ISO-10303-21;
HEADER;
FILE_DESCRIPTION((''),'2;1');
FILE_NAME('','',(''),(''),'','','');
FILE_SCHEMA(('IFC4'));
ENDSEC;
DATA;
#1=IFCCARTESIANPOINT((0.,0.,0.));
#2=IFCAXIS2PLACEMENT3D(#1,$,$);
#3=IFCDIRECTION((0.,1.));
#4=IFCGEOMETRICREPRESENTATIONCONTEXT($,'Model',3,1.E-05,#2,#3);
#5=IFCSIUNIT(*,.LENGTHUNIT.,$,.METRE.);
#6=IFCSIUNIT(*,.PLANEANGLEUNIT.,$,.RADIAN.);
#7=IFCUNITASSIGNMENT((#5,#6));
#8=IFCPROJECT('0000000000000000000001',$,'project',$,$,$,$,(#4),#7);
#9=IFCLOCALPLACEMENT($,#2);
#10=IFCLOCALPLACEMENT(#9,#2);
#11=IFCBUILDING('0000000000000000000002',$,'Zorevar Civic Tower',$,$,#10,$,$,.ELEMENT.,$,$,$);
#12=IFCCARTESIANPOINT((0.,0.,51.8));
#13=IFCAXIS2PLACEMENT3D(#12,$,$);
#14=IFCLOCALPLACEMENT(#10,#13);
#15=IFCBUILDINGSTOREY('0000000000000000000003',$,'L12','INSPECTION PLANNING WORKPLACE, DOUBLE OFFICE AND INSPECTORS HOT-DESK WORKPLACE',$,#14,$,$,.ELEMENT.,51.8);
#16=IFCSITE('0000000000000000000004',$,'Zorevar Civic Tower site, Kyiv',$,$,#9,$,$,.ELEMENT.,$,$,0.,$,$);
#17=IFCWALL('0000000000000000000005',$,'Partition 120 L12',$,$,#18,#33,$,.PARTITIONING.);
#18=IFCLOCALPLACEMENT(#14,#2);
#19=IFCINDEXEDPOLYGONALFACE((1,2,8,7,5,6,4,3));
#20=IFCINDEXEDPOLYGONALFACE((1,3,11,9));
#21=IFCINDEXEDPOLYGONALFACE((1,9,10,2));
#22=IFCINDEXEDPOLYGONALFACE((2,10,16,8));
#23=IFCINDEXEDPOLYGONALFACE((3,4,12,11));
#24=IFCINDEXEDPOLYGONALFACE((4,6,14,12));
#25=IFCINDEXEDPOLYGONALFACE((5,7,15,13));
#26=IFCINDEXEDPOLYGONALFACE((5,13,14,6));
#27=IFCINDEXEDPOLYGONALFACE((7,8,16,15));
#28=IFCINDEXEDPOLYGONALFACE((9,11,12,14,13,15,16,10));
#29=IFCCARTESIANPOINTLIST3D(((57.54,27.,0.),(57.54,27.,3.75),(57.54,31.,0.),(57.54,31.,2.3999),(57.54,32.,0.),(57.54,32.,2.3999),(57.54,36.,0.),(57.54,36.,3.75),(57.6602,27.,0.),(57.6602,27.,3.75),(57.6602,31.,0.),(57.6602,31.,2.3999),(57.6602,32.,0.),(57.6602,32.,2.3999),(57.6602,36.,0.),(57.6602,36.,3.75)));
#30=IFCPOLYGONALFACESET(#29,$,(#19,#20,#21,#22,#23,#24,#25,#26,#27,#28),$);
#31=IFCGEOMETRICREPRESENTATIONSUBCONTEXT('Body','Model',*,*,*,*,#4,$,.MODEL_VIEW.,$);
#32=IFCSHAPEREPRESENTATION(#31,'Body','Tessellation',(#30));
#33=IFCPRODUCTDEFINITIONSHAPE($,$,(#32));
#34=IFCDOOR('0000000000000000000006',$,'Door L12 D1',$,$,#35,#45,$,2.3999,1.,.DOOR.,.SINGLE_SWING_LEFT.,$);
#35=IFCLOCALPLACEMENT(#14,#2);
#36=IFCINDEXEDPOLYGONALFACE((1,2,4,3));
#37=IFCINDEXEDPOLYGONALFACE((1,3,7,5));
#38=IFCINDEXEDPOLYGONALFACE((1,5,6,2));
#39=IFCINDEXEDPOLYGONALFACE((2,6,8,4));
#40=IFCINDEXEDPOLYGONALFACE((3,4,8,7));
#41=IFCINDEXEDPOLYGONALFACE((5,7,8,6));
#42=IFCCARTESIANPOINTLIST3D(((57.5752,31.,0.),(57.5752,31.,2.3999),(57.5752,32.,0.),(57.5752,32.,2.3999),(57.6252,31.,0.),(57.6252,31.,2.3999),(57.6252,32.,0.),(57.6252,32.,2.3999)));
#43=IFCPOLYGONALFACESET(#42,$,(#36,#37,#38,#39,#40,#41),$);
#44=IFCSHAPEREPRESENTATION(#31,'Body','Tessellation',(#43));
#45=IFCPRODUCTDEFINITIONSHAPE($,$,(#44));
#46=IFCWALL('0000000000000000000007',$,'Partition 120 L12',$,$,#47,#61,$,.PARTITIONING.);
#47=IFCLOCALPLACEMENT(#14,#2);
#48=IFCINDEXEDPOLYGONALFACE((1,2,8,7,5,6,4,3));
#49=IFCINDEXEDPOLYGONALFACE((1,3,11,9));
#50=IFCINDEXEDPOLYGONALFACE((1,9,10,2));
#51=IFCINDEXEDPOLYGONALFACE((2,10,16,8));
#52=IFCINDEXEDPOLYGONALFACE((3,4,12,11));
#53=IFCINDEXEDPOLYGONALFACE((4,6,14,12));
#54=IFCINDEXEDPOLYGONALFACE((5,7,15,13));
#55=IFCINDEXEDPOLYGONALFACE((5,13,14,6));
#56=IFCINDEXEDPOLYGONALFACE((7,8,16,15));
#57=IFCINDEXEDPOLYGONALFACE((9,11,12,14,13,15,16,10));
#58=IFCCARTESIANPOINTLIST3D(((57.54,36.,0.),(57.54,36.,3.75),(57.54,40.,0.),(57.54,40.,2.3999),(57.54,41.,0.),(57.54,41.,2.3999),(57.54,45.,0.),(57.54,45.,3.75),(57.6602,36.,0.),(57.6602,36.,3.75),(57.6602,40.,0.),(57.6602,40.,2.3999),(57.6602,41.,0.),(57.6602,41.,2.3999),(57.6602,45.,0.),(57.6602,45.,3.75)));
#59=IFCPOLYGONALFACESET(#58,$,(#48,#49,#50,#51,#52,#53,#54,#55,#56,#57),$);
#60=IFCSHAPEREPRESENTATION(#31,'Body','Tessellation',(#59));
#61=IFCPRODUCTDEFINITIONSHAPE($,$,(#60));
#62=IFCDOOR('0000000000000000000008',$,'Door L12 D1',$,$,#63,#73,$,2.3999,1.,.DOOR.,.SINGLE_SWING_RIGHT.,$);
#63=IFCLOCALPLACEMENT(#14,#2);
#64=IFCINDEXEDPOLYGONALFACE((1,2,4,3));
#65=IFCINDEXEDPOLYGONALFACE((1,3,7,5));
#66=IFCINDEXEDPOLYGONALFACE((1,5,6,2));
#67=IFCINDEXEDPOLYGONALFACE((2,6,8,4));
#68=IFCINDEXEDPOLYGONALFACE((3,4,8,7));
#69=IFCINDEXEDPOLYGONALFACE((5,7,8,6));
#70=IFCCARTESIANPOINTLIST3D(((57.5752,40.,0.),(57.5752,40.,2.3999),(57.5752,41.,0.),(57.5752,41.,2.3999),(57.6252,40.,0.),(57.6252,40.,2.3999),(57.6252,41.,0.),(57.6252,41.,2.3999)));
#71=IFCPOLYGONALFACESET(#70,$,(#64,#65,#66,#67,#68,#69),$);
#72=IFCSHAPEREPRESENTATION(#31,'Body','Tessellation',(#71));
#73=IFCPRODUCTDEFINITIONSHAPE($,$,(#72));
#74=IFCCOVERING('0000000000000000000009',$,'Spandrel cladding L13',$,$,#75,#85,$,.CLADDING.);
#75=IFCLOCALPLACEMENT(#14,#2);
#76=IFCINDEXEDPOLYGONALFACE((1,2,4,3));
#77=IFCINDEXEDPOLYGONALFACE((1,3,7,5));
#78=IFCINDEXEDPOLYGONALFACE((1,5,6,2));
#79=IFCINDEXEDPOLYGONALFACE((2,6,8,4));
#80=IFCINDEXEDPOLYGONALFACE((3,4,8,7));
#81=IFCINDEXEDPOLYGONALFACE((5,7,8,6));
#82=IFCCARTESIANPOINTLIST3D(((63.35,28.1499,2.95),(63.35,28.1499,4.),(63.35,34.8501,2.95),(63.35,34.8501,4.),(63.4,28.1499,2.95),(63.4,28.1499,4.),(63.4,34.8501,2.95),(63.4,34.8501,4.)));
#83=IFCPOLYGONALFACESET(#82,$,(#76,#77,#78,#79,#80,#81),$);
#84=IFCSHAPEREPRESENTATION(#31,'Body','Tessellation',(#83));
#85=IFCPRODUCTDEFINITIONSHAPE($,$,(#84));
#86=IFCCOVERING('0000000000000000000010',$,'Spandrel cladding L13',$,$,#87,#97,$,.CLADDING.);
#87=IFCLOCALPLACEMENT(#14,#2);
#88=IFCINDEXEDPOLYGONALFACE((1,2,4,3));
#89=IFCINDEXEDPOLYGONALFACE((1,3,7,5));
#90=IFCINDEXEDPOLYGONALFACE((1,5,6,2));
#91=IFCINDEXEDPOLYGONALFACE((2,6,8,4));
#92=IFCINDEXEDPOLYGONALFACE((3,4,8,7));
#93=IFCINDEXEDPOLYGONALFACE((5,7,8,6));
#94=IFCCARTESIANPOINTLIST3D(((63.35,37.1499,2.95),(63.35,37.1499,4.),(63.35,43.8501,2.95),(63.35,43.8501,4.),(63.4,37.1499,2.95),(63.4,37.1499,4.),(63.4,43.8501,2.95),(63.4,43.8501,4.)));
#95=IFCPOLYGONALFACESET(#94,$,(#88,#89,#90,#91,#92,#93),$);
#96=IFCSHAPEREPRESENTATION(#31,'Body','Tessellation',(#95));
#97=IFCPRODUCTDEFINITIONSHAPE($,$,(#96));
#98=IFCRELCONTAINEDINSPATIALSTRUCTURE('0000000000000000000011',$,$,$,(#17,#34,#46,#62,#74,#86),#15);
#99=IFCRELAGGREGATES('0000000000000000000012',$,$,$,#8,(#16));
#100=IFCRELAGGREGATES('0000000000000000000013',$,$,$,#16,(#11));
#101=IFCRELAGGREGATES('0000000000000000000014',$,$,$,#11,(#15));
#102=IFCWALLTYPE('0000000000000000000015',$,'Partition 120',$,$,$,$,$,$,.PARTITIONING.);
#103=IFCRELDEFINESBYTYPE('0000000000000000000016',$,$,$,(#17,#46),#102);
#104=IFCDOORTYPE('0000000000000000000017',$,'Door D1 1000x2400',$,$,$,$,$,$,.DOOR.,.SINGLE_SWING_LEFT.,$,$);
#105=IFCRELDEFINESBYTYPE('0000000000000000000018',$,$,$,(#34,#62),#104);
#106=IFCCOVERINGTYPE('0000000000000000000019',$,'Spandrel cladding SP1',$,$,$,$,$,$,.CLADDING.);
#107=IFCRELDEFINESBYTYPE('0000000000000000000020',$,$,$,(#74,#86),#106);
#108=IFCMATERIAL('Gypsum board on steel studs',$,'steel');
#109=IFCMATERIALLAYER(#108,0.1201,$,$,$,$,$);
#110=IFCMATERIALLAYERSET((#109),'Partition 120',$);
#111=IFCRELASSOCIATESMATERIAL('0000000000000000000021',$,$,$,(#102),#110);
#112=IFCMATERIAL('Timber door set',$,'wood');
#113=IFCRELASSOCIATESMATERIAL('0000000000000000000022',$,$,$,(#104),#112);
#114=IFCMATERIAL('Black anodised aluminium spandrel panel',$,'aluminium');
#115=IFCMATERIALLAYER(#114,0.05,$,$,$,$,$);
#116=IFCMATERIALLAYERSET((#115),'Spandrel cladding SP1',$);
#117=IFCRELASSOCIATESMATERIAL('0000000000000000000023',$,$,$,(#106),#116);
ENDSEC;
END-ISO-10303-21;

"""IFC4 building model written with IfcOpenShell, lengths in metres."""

from ifc_helpers import new_model, si_unit, direction, frame, frame_2d, origin, place, context, subcontext, project, spatial, rectangle, extrude, material, layer, layer_set, type_object, element, fill, save


model = new_model("IFC4")

# Units and contexts
model_context = context("Model", 3, precision=1e-05, world=origin(), true_north=direction((0.0, 1.0)))
body_context = subcontext(model_context, "Body", "Model", "MODEL_VIEW")
ifc_project = project(units=[si_unit("LENGTHUNIT", "METRE"), si_unit("PLANEANGLEUNIT", "RADIAN")], contexts=[model_context])

# Site, building, storey
site_placement = place(None, origin())
site = spatial("IfcSite", under=ifc_project, at=site_placement, Name="Zorevar Civic Tower site, Kyiv", CompositionType="ELEMENT", RefElevation=0.0)
building_placement = place(site_placement, origin())
building = spatial("IfcBuilding", under=site, at=building_placement, Name="Zorevar Civic Tower", CompositionType="ELEMENT")
storey_placement = place(building_placement, frame((0.0, 0.0, 51.8)))
storey = spatial("IfcBuildingStorey", under=building, at=storey_placement, Name="L12", Description="INSPECTION PLANNING WORKPLACE, DOUBLE OFFICE AND INSPECTORS HOT-DESK WORKPLACE", CompositionType="ELEMENT", Elevation=51.8)

# Shared definitions
ifc_material_1 = material(Name="Gypsum board on steel studs", Category="steel")
ifc_layer_1 = layer(ifc_material_1, 0.1201)
ifc_layer_set_1 = layer_set([ifc_layer_1], Name="Partition 120")
wall_type_1 = type_object("IfcWallType", Name="Partition 120", PredefinedType="PARTITIONING", material=ifc_layer_set_1)

# Walls, openings, doors
wall_1_placement = place(storey_placement, frame((57.6001, 27.0, 0.0), z_axis=(0.0, 0.0, 1.0), x_axis=(0.0, 1.0, 0.0)))
wall_1 = element("IfcWall", 1, at=wall_1_placement, inside=storey, type_object=wall_type_1, Name="Partition 120 L12", PredefinedType="PARTITIONING", context=body_context, shape_type="SweptSolid", body=[
    extrude(rectangle(XDim=9.0, YDim=0.1201, at=frame_2d((4.5, 0.0))), origin(), (0.0, 0.0, 1.0), 3.75),
])
opening_1_placement = place(wall_1_placement, frame((4.0, 0.0, 0.0)))
opening_1 = element("IfcOpeningElement", 2, at=opening_1_placement, cuts=wall_1, PredefinedType="OPENING", context=body_context, shape_type="SweptSolid", body=[
    extrude(rectangle(XDim=1.0, YDim=2.3999, at=frame_2d((0.5, 1.2))), frame((0.0, 0.0701, 0.0), z_axis=(0.0, -1.0, 0.0), x_axis=(1.0, 0.0, 0.0)), (0.0, 0.0, 1.0), 0.1401),
])
ifc_material_2 = material(Name="Timber door set", Category="wood")
door_type = type_object("IfcDoorType", Name="Door D1 1000x2400", OperationType="SINGLE_SWING_LEFT", PredefinedType="DOOR", material=ifc_material_2)
door_1_placement = place(opening_1_placement, origin())
door_1 = element("IfcDoor", 3, at=door_1_placement, inside=storey, type_object=door_type, Name="Door L12 D1", OperationType="SINGLE_SWING_LEFT", OverallHeight=2.3999, OverallWidth=1.0, PredefinedType="DOOR", context=body_context, shape_type="SweptSolid", body=[
    extrude(rectangle(XDim=1.0, YDim=2.3999, at=frame_2d((0.5, 1.2))), frame((0.0, 0.0249, 0.0), z_axis=(0.0, -1.0, 0.0), x_axis=(1.0, 0.0, 0.0)), (0.0, 0.0, 1.0), 0.05),
])
fill(opening_1, door_1)
wall_2_placement = place(storey_placement, frame((57.6001, 36.0, 0.0), z_axis=(0.0, 0.0, 1.0), x_axis=(0.0, 1.0, 0.0)))
wall_2 = element("IfcWall", 4, at=wall_2_placement, inside=storey, type_object=wall_type_1, Name="Partition 120 L12", PredefinedType="PARTITIONING", context=body_context, shape_type="SweptSolid", body=[
    extrude(rectangle(XDim=9.0, YDim=0.1201, at=frame_2d((4.5, 0.0))), origin(), (0.0, 0.0, 1.0), 3.75),
])
opening_2_placement = place(wall_2_placement, frame((4.0, 0.0, 0.0)))
opening_2 = element("IfcOpeningElement", 5, at=opening_2_placement, cuts=wall_2, PredefinedType="OPENING", context=body_context, shape_type="SweptSolid", body=[
    extrude(rectangle(XDim=1.0, YDim=2.3999, at=frame_2d((0.5, 1.2))), frame((0.0, 0.0701, 0.0), z_axis=(0.0, -1.0, 0.0), x_axis=(1.0, 0.0, 0.0)), (0.0, 0.0, 1.0), 0.1401),
])
door_2_placement = place(opening_2_placement, origin())
door_2 = element("IfcDoor", 6, at=door_2_placement, inside=storey, type_object=door_type, Name="Door L12 D1", OperationType="SINGLE_SWING_RIGHT", OverallHeight=2.3999, OverallWidth=1.0, PredefinedType="DOOR", context=body_context, shape_type="SweptSolid", body=[
    extrude(rectangle(XDim=1.0, YDim=2.3999, at=frame_2d((0.5, 1.2))), frame((0.0, 0.0249, 0.0), z_axis=(0.0, -1.0, 0.0), x_axis=(1.0, 0.0, 0.0)), (0.0, 0.0, 1.0), 0.05),
])
fill(opening_2, door_2)

# Coverings
ifc_material_3 = material(Name="Black anodised aluminium spandrel panel", Category="aluminium")
ifc_layer_2 = layer(ifc_material_3, 0.05)
ifc_layer_set_2 = layer_set([ifc_layer_2], Name="Spandrel cladding SP1")
covering_type = type_object("IfcCoveringType", Name="Spandrel cladding SP1", PredefinedType="CLADDING", material=ifc_layer_set_2)
for number, where, z_axis, x_axis, name in (
    (7, (63.375, 28.1499, 2.95), (0.0, 0.0, 1.0), (0.0, 1.0, 0.0), "Spandrel cladding L13"),
    (8, (63.375, 37.1499, 2.95), (0.0, 0.0, 1.0), (0.0, 1.0, 0.0), "Spandrel cladding L13"),
):
    element("IfcCovering", number, at=place(storey_placement, frame(where, z_axis=z_axis, x_axis=x_axis)), inside=storey, type_object=covering_type, Name=name, PredefinedType="CLADDING", context=body_context, shape_type="SweptSolid", body=[
        extrude(rectangle(XDim=6.7002, YDim=0.05, at=frame_2d((3.3501, 0.0))), origin(), (0.0, 0.0, 1.0), 1.05),
    ])

save(model, "model.ifc")
